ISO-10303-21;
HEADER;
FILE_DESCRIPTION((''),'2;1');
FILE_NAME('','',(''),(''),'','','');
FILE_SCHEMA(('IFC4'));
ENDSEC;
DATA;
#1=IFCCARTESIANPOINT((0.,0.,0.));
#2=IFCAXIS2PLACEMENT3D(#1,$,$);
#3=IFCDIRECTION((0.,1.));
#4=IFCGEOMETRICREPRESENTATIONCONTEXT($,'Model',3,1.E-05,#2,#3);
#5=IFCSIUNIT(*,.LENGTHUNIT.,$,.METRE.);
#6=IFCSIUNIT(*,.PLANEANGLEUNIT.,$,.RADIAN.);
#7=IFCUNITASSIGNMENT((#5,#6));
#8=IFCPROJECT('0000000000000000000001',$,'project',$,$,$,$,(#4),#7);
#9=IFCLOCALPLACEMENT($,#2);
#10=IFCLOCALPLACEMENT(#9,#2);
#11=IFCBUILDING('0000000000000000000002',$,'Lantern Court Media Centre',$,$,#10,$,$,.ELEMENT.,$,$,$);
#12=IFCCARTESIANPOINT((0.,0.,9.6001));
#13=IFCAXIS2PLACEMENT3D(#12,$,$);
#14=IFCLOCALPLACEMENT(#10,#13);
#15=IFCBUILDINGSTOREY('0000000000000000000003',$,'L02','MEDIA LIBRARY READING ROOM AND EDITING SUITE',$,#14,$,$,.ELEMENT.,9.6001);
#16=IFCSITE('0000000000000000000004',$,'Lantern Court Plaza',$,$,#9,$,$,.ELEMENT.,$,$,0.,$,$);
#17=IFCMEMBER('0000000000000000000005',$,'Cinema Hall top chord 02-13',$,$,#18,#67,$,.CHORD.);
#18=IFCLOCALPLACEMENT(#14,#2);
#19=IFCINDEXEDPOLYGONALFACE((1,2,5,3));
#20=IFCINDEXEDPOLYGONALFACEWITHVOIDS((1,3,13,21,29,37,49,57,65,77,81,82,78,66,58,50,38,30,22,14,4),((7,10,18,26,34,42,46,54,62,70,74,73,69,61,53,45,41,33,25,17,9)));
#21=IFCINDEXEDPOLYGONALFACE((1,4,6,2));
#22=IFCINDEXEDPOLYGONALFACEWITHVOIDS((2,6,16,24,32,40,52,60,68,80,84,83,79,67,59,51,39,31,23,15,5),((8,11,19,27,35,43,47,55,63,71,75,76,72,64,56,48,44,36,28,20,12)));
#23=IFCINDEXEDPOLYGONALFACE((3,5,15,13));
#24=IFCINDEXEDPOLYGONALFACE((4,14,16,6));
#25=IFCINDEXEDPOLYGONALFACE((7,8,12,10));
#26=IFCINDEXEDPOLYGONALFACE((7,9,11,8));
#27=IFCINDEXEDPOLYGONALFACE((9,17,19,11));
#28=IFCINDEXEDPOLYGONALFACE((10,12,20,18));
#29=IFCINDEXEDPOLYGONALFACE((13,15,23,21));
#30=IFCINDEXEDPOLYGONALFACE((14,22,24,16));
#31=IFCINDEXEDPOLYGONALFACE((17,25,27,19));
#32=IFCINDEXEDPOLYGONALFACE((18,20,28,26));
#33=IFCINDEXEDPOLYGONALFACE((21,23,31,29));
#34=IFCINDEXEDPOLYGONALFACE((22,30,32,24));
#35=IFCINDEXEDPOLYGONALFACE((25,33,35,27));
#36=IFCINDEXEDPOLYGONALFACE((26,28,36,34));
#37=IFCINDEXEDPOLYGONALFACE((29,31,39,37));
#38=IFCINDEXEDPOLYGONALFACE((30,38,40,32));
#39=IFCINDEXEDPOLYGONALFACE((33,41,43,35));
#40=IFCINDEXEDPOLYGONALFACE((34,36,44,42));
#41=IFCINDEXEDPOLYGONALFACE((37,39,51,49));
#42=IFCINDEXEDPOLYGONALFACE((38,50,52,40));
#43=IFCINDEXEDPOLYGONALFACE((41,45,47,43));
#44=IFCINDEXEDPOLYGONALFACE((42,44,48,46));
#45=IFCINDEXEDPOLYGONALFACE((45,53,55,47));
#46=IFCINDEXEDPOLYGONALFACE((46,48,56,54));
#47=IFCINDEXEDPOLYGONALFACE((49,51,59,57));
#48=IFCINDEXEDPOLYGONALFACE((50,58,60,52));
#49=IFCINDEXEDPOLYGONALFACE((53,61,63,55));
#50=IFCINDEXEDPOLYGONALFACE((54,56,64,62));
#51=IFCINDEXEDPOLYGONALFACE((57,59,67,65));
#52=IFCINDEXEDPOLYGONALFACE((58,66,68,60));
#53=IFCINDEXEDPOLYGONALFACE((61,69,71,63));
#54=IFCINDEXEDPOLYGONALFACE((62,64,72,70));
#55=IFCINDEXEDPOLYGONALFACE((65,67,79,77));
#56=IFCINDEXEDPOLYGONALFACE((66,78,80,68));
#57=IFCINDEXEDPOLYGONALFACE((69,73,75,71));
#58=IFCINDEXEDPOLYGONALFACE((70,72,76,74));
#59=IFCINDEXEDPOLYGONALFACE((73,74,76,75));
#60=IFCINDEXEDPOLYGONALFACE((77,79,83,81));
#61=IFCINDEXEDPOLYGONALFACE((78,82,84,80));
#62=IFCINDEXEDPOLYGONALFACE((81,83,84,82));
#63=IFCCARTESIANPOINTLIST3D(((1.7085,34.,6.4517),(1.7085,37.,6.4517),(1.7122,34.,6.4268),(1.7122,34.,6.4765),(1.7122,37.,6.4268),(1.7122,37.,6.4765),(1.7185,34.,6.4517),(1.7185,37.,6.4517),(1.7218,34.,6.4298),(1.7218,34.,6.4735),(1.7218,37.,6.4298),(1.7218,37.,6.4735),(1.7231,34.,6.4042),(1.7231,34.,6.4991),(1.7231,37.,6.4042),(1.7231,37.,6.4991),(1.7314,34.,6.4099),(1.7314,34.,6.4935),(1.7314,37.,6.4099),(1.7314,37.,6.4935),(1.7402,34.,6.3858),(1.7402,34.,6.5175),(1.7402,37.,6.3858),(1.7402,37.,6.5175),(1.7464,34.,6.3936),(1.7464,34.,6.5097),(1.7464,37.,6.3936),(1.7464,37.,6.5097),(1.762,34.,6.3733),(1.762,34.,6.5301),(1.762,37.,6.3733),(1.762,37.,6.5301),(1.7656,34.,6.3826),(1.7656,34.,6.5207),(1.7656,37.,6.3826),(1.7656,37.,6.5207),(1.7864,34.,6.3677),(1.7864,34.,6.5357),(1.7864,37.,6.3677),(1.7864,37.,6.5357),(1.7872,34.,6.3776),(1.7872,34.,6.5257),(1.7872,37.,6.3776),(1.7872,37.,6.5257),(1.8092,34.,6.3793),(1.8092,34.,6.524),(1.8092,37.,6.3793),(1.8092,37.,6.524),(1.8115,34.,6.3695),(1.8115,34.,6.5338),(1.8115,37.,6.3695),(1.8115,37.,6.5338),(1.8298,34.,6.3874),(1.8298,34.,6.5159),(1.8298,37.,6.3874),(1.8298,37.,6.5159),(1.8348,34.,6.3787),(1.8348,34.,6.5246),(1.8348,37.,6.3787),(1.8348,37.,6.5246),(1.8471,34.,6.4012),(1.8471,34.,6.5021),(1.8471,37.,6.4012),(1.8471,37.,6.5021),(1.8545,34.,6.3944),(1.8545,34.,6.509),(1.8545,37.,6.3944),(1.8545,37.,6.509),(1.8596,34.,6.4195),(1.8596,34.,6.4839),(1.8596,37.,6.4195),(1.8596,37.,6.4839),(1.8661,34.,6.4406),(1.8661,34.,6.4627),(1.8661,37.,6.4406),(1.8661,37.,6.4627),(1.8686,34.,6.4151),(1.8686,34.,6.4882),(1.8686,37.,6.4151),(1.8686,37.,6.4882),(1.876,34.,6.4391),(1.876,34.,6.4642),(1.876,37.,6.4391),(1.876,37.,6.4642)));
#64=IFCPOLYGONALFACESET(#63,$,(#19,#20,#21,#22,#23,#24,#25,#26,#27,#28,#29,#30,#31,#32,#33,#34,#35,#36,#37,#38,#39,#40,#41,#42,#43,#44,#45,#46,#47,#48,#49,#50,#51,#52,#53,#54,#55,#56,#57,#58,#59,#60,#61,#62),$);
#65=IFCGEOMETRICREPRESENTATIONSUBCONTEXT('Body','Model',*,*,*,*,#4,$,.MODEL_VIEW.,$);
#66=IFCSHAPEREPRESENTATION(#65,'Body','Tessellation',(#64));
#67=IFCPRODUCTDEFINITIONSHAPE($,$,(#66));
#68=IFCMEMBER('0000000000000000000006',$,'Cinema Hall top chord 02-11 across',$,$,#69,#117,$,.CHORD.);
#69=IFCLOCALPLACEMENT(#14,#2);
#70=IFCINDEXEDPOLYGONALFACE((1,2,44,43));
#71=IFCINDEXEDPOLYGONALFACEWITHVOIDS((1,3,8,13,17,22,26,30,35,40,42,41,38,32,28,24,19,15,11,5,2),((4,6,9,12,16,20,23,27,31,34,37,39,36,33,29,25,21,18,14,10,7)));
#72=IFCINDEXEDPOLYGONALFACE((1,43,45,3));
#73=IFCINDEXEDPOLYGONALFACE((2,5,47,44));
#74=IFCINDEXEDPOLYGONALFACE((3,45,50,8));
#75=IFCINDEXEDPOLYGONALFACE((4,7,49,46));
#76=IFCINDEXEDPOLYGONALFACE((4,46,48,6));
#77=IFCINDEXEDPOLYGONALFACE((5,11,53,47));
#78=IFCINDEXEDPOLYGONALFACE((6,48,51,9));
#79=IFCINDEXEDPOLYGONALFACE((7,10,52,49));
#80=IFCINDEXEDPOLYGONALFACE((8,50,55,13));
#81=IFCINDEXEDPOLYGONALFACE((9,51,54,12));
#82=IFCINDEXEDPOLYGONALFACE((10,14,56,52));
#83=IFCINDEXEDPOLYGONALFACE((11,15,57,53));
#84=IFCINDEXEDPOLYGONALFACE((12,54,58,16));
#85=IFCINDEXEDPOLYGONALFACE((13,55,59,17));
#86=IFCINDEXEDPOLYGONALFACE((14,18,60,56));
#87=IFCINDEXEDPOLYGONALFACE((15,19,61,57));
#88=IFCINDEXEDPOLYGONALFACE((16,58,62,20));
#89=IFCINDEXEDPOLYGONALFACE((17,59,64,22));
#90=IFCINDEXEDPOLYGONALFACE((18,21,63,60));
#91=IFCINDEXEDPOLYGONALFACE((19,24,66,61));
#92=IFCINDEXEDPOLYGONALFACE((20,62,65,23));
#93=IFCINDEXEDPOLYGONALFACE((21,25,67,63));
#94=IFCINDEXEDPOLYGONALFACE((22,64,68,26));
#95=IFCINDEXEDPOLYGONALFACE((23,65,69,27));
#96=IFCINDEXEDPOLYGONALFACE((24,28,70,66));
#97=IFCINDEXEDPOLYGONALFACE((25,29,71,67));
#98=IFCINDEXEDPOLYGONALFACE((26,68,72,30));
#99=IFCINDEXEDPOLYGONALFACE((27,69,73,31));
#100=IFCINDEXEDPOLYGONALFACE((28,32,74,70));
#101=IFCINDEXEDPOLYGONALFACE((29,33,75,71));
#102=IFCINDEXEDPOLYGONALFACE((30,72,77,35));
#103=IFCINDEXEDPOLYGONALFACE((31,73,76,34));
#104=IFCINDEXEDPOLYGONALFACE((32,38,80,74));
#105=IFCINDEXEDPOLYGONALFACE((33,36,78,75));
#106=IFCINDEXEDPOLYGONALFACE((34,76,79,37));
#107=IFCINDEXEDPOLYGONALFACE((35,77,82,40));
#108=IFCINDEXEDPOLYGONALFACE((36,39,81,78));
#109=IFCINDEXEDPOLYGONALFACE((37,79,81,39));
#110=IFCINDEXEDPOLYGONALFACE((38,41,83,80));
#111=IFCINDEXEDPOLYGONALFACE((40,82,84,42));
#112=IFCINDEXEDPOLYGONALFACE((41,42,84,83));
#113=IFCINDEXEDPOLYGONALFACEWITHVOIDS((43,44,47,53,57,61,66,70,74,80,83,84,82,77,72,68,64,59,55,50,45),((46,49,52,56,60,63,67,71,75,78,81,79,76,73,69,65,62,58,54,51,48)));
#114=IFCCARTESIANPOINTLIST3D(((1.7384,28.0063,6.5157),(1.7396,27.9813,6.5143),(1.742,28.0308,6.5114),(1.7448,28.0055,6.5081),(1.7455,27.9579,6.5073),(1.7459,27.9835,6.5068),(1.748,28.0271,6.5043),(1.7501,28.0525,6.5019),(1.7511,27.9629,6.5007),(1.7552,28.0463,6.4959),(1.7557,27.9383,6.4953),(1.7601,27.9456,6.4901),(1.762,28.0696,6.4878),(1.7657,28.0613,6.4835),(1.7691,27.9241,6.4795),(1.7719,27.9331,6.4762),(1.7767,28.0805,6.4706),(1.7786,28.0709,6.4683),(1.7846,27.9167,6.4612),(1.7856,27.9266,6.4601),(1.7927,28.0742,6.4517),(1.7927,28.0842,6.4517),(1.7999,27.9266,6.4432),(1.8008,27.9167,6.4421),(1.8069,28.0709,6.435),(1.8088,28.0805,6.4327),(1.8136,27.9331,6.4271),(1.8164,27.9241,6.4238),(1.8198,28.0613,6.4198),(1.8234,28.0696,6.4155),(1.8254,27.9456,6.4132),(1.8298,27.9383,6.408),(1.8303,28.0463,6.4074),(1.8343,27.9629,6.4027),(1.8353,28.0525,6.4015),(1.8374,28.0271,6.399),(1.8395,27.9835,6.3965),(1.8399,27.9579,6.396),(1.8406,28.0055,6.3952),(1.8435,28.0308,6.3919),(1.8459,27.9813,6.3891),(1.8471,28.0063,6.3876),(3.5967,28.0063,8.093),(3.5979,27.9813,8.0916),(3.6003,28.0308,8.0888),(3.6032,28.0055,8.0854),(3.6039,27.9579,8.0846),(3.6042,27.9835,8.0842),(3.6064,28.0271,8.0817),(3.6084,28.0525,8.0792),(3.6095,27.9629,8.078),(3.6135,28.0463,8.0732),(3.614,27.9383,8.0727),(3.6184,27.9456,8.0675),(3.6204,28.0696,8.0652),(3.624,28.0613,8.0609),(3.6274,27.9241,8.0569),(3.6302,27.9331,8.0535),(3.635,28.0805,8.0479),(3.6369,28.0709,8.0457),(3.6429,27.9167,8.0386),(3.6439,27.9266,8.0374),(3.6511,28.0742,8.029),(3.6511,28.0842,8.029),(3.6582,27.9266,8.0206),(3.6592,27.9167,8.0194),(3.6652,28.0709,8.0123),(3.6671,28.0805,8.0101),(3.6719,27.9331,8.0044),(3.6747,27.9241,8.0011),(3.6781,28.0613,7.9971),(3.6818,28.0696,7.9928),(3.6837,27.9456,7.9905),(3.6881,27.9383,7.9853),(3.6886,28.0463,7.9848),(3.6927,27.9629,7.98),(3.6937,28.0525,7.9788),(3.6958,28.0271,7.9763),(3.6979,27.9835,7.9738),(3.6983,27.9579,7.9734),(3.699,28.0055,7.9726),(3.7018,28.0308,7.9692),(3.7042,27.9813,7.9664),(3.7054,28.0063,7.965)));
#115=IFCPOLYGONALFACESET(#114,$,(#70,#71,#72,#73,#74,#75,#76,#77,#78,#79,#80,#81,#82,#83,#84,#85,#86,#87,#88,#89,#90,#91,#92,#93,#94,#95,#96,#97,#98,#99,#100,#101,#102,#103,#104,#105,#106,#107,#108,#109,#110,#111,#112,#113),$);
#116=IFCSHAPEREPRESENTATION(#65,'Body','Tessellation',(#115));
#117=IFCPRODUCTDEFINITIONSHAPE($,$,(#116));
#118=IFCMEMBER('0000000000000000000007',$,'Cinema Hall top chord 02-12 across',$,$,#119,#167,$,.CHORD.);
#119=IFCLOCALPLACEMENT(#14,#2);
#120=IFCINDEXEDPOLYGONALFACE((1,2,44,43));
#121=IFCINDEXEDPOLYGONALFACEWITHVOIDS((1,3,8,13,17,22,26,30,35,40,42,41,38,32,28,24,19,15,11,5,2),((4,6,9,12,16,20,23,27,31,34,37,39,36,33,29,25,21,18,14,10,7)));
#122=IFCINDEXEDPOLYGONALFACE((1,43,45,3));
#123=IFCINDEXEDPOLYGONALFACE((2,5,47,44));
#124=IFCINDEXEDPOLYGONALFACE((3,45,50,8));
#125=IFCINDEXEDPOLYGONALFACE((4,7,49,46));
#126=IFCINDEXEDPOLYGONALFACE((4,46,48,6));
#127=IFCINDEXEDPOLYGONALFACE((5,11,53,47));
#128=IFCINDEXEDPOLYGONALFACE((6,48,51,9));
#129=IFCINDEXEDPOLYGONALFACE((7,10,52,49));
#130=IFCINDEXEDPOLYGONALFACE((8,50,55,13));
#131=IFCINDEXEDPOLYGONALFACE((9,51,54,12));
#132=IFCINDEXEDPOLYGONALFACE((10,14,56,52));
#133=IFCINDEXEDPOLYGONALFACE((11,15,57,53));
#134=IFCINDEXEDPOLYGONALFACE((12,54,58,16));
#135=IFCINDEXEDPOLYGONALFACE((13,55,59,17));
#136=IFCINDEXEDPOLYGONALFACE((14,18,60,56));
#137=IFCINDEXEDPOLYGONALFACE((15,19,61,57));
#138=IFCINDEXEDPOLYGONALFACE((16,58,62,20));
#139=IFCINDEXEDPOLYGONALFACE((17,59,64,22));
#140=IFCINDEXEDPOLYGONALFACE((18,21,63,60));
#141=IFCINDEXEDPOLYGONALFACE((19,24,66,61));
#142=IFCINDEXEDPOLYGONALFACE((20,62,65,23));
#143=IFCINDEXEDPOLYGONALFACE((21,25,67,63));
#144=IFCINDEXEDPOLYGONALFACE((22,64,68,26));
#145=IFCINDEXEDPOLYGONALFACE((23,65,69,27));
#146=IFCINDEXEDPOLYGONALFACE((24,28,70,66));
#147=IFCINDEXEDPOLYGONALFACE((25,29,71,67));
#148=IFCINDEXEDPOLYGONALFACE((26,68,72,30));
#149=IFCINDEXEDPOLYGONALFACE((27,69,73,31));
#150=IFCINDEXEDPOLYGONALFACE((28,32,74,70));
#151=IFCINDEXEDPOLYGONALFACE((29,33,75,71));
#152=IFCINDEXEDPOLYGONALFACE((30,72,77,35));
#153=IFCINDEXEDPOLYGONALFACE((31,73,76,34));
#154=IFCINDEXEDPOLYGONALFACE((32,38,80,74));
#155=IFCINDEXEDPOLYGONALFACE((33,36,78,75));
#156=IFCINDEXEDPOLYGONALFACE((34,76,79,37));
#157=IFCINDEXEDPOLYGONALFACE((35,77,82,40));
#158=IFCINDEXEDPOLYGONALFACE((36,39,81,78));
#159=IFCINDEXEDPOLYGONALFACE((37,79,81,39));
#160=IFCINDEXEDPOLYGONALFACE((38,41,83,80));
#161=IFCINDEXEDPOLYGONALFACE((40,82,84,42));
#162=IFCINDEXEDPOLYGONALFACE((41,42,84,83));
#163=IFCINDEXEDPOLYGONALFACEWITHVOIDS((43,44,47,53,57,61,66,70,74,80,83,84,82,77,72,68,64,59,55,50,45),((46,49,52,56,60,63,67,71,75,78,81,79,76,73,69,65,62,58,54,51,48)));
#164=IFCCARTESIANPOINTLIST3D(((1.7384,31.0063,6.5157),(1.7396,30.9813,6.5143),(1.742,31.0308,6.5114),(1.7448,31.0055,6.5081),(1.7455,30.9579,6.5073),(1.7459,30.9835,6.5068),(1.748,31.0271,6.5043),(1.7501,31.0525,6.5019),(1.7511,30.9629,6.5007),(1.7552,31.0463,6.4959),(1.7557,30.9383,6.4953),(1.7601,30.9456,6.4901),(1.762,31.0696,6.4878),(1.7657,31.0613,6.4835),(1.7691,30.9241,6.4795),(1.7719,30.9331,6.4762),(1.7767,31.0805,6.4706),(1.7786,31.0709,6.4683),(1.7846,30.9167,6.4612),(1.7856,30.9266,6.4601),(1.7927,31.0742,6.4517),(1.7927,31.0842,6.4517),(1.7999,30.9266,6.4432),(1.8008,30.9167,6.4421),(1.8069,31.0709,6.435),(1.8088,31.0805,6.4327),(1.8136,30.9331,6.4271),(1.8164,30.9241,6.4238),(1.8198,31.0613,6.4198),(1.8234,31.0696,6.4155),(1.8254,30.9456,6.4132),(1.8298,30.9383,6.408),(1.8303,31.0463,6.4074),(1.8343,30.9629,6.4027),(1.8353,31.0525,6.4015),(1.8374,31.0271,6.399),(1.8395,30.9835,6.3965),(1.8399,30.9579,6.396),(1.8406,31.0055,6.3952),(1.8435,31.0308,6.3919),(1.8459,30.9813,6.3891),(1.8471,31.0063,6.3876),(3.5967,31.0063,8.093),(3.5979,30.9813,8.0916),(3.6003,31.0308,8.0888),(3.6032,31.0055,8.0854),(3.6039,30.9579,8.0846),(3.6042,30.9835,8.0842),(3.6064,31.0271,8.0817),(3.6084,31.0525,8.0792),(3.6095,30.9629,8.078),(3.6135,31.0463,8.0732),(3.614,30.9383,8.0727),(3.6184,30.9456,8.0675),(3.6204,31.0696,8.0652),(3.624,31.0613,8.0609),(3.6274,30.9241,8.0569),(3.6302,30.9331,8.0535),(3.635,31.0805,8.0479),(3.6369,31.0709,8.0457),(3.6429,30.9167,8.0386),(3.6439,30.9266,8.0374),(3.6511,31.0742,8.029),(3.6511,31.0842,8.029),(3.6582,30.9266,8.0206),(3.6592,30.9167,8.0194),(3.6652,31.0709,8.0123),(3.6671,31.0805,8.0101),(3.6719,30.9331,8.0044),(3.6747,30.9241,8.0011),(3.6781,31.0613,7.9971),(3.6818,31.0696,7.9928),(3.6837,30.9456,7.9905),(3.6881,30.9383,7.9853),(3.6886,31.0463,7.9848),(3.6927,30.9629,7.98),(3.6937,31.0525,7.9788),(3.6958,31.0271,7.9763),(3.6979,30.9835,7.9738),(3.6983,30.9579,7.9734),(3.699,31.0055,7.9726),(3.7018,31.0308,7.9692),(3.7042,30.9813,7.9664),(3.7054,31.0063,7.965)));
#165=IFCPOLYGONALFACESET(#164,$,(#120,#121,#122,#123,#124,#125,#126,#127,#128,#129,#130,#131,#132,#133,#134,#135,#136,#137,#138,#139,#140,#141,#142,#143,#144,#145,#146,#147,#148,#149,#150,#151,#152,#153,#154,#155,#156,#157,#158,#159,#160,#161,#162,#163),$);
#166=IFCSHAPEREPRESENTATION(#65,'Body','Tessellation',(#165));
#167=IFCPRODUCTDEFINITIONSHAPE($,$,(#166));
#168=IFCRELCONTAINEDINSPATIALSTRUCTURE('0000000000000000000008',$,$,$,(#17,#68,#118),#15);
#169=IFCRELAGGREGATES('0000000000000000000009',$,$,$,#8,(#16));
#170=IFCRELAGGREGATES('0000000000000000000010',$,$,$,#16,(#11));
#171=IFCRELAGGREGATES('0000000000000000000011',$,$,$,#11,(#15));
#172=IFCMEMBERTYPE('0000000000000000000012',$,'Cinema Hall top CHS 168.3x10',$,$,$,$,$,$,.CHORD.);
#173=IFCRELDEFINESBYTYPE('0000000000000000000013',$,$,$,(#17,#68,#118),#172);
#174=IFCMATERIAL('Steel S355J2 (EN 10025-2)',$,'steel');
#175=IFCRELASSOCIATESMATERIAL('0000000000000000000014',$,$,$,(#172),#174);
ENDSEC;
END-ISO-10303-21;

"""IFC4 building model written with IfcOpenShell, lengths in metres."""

from ifc_helpers import new_model, si_unit, direction, frame, origin, origin_2d, place, context, subcontext, project, spatial, hollow_circle, extrude, material, material_profile, profile_set, type_object, element, save


model = new_model("IFC4")

# Units and contexts
model_context = context("Model", 3, precision=1e-05, world=origin(), true_north=direction((0.0, 1.0)))
body_context = subcontext(model_context, "Body", "Model", "MODEL_VIEW")
ifc_project = project(units=[si_unit("LENGTHUNIT", "METRE"), si_unit("PLANEANGLEUNIT", "RADIAN")], contexts=[model_context])

# Site, building, storey
site_placement = place(None, origin())
site = spatial("IfcSite", under=ifc_project, at=site_placement, Name="Lantern Court Plaza", CompositionType="ELEMENT", RefElevation=0.0)
building_placement = place(site_placement, origin())
building = spatial("IfcBuilding", under=site, at=building_placement, Name="Lantern Court Media Centre", CompositionType="ELEMENT")
storey_placement = place(building_placement, frame((0.0, 0.0, 9.6001)))
storey = spatial("IfcBuildingStorey", under=building, at=storey_placement, Name="L02", Description="MEDIA LIBRARY READING ROOM AND EDITING SUITE", CompositionType="ELEMENT", Elevation=9.6001)

# Members
ifc_material = material(Name="Steel S355J2 (EN 10025-2)", Category="steel")
ifc_material_profile_1 = material_profile(ifc_material, hollow_circle(Radius=0.0842, WallThickness=0.01, at=origin_2d()), Name="Cinema Hall top CHS 168.3x10")
ifc_profile_set_1 = profile_set([ifc_material_profile_1], Name="Steel S355J2 (EN 10025-2)")
member_type_1 = type_object("IfcMemberType", Name="Cinema Hall top CHS 168.3x10", PredefinedType="CHORD", material=ifc_profile_set_1)
for number, where, z_axis, x_axis, name in (
    (1, (1.7927, 34.0, 6.4517), (0.0, 1.0, 0.0), (-1.0, 0.0, 0.0), "Cinema Hall top chord 02-13"),
):
    element("IfcMember", number, at=place(storey_placement, frame(where, z_axis=z_axis, x_axis=x_axis)), inside=storey, type_object=member_type_1, Name=name, PredefinedType="CHORD", context=body_context, shape_type="SweptSolid", body=[
        extrude(hollow_circle(Radius=0.0842, WallThickness=0.01, at=origin_2d()), origin(), (0.0, 0.0, 1.0), 3.0),
    ])
for number, where, z_axis, x_axis, name in (
    (2, (1.7927, 28.0, 6.4517), (0.762394, 0.0, 0.647113), (0.0, 1.0, 0.0), "Cinema Hall top chord 02-11 across"),
    (3, (1.7927, 31.0, 6.4517), (0.762394, 0.0, 0.647113), (0.0, 1.0, 0.0), "Cinema Hall top chord 02-12 across"),
):
    element("IfcMember", number, at=place(storey_placement, frame(where, z_axis=z_axis, x_axis=x_axis)), inside=storey, type_object=member_type_1, Name=name, PredefinedType="CHORD", context=body_context, shape_type="SweptSolid", body=[
        extrude(hollow_circle(Radius=0.0842, WallThickness=0.01, at=origin_2d()), origin(), (0.0, 0.0, 1.0), 2.4375),
    ])

save(model, "model.ifc")
